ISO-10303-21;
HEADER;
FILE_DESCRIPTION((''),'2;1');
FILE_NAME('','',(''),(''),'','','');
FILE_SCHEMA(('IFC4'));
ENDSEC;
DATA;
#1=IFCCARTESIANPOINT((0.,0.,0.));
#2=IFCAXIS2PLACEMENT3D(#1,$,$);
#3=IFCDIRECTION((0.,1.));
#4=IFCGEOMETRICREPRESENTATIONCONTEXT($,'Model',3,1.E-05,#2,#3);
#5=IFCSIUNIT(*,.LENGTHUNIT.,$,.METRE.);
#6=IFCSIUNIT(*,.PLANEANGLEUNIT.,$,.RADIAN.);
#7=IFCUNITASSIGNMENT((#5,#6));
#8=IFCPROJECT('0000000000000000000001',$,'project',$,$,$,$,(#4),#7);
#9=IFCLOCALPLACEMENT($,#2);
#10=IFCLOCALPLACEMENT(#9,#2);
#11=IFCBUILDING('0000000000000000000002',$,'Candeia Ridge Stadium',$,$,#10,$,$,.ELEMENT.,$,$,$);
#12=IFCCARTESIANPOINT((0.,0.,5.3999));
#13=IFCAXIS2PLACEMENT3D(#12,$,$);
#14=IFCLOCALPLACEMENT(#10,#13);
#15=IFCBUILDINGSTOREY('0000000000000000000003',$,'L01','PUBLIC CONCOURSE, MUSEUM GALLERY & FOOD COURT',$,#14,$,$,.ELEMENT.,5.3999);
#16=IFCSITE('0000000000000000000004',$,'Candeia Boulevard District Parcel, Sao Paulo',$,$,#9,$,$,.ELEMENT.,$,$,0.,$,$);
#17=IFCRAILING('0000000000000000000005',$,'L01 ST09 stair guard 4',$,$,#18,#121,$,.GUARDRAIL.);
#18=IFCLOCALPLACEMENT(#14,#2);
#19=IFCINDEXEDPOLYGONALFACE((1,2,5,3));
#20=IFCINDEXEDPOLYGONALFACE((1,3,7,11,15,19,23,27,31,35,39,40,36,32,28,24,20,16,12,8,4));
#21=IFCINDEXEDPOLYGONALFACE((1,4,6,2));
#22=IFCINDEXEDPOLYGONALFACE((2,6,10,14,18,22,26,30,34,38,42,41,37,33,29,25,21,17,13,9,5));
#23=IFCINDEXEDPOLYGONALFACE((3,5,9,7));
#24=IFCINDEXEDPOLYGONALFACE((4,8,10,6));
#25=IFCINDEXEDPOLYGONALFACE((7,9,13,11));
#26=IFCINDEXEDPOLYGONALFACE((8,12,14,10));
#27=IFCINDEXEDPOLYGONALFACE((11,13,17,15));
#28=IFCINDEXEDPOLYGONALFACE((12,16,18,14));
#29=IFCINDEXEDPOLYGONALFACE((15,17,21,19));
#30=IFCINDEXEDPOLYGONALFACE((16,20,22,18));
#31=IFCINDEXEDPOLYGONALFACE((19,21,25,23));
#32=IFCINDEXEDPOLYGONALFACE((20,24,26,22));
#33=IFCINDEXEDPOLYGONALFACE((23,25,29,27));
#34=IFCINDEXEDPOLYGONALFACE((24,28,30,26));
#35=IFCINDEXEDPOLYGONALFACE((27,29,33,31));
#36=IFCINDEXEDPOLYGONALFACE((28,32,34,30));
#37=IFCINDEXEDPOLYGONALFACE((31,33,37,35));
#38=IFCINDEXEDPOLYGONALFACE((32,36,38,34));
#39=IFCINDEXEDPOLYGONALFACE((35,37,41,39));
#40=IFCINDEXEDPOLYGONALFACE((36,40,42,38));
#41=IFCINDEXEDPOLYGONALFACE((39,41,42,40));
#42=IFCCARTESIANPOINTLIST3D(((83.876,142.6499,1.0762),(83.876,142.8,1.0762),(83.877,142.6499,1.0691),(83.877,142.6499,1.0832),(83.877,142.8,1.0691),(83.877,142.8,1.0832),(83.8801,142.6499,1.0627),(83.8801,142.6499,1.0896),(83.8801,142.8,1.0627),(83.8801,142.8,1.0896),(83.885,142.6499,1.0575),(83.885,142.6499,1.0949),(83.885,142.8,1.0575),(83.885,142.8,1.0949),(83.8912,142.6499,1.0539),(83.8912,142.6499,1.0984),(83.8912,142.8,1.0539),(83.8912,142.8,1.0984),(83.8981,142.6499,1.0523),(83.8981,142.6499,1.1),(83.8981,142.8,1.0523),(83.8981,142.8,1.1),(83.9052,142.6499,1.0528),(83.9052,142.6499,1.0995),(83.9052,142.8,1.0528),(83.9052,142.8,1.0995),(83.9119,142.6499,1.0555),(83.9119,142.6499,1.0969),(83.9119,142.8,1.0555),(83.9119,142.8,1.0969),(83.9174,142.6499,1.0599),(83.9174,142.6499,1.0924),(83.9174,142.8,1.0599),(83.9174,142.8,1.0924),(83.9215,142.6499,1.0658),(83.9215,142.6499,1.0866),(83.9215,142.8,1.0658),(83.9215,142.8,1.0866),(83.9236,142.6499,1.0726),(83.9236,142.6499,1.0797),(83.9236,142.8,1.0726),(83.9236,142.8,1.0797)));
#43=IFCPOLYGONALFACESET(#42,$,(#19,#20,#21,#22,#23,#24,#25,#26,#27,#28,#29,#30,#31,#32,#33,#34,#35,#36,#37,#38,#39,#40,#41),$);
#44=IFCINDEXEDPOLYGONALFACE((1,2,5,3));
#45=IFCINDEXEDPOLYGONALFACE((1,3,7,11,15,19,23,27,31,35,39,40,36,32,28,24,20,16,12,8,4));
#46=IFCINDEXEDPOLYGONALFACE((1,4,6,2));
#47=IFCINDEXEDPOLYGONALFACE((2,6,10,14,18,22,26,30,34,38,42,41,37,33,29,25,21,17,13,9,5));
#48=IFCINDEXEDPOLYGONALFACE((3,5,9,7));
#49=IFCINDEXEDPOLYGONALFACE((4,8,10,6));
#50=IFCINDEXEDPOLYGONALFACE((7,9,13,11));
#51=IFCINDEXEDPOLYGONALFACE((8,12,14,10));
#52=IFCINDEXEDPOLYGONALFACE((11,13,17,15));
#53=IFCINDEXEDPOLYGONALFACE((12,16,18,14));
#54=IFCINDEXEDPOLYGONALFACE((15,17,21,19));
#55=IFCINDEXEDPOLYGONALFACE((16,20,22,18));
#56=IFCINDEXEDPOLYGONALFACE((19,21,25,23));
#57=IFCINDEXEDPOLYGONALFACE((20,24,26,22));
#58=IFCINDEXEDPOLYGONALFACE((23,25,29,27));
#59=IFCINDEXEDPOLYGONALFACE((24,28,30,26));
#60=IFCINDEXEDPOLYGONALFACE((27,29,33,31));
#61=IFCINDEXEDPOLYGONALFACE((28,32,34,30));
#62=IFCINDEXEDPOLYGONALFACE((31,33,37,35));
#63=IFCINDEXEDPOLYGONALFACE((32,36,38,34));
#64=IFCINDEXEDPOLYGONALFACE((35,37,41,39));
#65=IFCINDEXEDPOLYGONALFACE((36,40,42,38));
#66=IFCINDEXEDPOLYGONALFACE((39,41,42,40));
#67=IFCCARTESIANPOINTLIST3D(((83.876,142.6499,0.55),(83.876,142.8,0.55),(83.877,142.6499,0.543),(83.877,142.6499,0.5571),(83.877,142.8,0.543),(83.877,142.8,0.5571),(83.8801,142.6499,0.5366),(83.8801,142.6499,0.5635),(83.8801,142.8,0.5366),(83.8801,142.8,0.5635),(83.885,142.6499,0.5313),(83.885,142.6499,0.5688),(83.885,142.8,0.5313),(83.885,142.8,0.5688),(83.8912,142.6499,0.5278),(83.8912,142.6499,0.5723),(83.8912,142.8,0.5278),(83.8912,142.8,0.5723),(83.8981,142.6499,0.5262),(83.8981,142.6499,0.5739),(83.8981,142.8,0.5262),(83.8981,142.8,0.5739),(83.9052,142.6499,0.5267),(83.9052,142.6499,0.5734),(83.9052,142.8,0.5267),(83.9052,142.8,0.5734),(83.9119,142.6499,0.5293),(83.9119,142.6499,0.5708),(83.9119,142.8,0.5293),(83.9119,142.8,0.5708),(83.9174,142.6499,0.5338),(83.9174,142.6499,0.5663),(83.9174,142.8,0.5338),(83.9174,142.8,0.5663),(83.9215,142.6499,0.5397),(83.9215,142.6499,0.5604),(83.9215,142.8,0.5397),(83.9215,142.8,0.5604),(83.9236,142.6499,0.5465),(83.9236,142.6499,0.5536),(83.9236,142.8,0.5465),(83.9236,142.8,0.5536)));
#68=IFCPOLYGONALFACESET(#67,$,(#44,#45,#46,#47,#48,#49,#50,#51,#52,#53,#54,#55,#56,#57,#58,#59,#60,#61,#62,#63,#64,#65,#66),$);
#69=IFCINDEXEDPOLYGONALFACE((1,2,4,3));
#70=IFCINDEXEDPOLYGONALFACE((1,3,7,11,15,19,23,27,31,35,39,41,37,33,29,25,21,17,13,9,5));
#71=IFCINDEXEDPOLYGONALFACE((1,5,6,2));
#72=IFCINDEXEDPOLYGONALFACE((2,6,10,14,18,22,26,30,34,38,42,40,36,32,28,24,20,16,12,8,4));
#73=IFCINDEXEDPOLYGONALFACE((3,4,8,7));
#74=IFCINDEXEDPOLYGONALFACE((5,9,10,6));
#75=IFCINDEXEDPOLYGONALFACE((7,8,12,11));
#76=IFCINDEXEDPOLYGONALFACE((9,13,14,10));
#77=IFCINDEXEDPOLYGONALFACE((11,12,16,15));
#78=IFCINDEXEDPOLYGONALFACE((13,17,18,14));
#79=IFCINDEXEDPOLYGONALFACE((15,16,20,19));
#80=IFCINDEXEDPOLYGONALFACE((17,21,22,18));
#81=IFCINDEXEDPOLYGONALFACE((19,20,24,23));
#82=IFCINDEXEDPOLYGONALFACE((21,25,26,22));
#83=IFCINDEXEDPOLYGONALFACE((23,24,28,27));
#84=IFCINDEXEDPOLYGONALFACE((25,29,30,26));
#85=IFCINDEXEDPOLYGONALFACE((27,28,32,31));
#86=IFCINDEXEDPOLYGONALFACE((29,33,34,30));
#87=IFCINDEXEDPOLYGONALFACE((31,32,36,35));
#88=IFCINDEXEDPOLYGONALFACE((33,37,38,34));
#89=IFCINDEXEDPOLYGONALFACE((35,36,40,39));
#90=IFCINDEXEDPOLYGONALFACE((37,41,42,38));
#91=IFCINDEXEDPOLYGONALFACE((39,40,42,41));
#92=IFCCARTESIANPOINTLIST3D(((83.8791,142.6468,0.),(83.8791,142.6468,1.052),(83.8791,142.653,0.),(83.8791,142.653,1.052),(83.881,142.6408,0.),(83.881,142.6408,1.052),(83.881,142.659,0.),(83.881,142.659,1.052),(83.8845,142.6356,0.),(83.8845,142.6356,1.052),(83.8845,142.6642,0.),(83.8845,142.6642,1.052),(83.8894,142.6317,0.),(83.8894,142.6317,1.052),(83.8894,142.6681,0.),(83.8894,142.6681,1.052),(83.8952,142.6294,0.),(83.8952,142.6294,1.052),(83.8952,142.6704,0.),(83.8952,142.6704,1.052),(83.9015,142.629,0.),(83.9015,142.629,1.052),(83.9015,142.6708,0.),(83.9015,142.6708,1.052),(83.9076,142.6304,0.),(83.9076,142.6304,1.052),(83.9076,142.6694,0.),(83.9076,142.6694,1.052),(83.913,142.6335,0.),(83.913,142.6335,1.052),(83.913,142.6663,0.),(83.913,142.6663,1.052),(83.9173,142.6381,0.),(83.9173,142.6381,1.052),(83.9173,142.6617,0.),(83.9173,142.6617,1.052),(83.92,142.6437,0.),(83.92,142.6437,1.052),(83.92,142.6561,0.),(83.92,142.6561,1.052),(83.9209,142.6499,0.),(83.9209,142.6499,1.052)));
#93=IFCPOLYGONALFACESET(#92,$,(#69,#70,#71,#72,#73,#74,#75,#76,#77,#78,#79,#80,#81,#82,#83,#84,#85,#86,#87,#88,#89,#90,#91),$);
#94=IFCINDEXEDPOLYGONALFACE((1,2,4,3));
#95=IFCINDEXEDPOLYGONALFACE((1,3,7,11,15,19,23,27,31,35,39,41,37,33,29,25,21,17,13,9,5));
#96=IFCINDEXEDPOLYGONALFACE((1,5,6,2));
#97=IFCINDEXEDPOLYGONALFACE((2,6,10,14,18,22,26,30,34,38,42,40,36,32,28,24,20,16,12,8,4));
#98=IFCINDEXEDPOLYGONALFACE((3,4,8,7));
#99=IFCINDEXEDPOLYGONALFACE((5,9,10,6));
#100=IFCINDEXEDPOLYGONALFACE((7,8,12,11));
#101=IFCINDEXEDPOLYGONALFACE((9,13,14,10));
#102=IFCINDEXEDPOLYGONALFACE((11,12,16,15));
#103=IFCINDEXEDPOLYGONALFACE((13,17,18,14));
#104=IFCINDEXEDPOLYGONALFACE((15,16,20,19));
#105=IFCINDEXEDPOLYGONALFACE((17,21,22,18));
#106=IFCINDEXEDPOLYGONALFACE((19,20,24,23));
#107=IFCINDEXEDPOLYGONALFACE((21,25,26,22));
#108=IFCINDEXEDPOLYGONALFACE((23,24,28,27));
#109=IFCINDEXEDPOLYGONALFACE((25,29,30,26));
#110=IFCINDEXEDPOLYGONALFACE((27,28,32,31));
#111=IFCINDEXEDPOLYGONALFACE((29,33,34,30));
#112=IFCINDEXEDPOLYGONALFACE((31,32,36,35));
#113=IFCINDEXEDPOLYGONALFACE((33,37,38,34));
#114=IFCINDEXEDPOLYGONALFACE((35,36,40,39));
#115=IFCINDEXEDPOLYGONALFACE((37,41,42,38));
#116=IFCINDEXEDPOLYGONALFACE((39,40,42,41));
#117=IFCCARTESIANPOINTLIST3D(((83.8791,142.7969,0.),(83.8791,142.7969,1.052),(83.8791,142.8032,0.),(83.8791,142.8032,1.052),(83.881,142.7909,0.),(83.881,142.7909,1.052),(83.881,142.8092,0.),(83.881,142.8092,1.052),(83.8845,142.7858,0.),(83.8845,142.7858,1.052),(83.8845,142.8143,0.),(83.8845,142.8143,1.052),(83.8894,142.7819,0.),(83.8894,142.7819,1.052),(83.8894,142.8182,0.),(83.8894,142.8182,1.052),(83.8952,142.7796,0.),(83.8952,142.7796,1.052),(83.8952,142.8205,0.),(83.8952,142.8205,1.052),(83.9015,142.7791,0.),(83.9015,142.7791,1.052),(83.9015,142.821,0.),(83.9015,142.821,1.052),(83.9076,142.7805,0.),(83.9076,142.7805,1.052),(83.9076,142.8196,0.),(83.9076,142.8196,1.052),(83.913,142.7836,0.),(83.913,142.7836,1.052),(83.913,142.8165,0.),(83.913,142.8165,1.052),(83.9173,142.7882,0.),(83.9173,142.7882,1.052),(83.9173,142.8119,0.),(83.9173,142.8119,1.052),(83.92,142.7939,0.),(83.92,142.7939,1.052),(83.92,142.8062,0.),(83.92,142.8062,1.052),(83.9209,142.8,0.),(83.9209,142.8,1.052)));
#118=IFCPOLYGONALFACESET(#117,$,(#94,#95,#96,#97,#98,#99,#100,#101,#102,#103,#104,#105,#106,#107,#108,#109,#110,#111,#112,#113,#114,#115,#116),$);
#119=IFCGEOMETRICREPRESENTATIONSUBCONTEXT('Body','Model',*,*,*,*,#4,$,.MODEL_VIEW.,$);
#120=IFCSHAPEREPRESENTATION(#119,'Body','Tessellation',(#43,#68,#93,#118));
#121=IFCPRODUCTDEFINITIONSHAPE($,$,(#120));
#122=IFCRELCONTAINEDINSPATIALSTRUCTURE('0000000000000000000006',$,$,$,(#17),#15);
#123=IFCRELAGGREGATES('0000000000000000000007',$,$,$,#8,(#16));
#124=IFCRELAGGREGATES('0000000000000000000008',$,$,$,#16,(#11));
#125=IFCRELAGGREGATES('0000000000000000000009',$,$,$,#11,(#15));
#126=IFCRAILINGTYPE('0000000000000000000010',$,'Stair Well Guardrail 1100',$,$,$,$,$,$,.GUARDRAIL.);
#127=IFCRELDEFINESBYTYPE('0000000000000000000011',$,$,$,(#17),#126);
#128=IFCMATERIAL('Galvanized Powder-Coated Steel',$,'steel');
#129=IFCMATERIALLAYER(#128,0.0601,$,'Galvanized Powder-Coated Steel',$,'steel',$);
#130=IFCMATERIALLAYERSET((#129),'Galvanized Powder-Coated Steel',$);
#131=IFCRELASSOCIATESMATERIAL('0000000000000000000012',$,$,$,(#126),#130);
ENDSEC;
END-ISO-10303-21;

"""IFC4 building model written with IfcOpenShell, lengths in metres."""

from ifc_helpers import new_model, si_unit, direction, frame, origin, origin_2d, place, context, subcontext, project, spatial, circle, extrude, material, layer, layer_set, type_object, element, save


model = new_model("IFC4")

# Units and contexts
model_context = context("Model", 3, precision=1e-05, world=origin(), true_north=direction((0.0, 1.0)))
body_context = subcontext(model_context, "Body", "Model", "MODEL_VIEW")
ifc_project = project(units=[si_unit("LENGTHUNIT", "METRE"), si_unit("PLANEANGLEUNIT", "RADIAN")], contexts=[model_context])

# Site, building, storey
site_placement = place(None, origin())
site = spatial("IfcSite", under=ifc_project, at=site_placement, Name="Candeia Boulevard District Parcel, Sao Paulo", CompositionType="ELEMENT", RefElevation=0.0)
building_placement = place(site_placement, origin())
building = spatial("IfcBuilding", under=site, at=building_placement, Name="Candeia Ridge Stadium", CompositionType="ELEMENT")
storey_placement = place(building_placement, frame((0.0, 0.0, 5.3999)))
storey = spatial("IfcBuildingStorey", under=building, at=storey_placement, Name="L01", Description="PUBLIC CONCOURSE, MUSEUM GALLERY & FOOD COURT", CompositionType="ELEMENT", Elevation=5.3999)

# Railing
ifc_material_1 = material(Name="Galvanized Powder-Coated Steel", Category="steel")
ifc_layer_1 = layer(ifc_material_1, 0.0601, Name="Galvanized Powder-Coated Steel", Category="steel")
ifc_layer_set_1 = layer_set([ifc_layer_1], Name="Galvanized Powder-Coated Steel")
railing_type_1 = type_object("IfcRailingType", Name="Stair Well Guardrail 1100", PredefinedType="GUARDRAIL", material=ifc_layer_set_1)
railing_1_placement = place(storey_placement, frame((83.8999, 142.6499, 0.0)))
element("IfcRailing", 1, at=railing_1_placement, inside=storey, type_object=railing_type_1, Name="L01 ST09 stair guard 4", PredefinedType="GUARDRAIL", context=body_context, shape_type="SweptSolid", body=[
    extrude(circle(Radius=0.0239, at=origin_2d()), frame((0.0, 0.0, 1.0762), z_axis=(0.0, 1.0, 0.0), x_axis=(-1.0, 0.0, 0.0)), (0.0, 0.0, 1.0), 0.1501),
    extrude(circle(Radius=0.0239, at=origin_2d()), frame((0.0, 0.0, 0.55), z_axis=(0.0, 1.0, 0.0), x_axis=(-1.0, 0.0, 0.0)), (0.0, 0.0, 1.0), 0.1501),
    extrude(circle(Radius=0.021, at=origin_2d()), origin(), (0.0, 0.0, 1.0), 1.052),
    extrude(circle(Radius=0.021, at=origin_2d()), frame((0.0, 0.1501, 0.0)), (0.0, 0.0, 1.0), 1.052),
])

save(model, "model.ifc")
